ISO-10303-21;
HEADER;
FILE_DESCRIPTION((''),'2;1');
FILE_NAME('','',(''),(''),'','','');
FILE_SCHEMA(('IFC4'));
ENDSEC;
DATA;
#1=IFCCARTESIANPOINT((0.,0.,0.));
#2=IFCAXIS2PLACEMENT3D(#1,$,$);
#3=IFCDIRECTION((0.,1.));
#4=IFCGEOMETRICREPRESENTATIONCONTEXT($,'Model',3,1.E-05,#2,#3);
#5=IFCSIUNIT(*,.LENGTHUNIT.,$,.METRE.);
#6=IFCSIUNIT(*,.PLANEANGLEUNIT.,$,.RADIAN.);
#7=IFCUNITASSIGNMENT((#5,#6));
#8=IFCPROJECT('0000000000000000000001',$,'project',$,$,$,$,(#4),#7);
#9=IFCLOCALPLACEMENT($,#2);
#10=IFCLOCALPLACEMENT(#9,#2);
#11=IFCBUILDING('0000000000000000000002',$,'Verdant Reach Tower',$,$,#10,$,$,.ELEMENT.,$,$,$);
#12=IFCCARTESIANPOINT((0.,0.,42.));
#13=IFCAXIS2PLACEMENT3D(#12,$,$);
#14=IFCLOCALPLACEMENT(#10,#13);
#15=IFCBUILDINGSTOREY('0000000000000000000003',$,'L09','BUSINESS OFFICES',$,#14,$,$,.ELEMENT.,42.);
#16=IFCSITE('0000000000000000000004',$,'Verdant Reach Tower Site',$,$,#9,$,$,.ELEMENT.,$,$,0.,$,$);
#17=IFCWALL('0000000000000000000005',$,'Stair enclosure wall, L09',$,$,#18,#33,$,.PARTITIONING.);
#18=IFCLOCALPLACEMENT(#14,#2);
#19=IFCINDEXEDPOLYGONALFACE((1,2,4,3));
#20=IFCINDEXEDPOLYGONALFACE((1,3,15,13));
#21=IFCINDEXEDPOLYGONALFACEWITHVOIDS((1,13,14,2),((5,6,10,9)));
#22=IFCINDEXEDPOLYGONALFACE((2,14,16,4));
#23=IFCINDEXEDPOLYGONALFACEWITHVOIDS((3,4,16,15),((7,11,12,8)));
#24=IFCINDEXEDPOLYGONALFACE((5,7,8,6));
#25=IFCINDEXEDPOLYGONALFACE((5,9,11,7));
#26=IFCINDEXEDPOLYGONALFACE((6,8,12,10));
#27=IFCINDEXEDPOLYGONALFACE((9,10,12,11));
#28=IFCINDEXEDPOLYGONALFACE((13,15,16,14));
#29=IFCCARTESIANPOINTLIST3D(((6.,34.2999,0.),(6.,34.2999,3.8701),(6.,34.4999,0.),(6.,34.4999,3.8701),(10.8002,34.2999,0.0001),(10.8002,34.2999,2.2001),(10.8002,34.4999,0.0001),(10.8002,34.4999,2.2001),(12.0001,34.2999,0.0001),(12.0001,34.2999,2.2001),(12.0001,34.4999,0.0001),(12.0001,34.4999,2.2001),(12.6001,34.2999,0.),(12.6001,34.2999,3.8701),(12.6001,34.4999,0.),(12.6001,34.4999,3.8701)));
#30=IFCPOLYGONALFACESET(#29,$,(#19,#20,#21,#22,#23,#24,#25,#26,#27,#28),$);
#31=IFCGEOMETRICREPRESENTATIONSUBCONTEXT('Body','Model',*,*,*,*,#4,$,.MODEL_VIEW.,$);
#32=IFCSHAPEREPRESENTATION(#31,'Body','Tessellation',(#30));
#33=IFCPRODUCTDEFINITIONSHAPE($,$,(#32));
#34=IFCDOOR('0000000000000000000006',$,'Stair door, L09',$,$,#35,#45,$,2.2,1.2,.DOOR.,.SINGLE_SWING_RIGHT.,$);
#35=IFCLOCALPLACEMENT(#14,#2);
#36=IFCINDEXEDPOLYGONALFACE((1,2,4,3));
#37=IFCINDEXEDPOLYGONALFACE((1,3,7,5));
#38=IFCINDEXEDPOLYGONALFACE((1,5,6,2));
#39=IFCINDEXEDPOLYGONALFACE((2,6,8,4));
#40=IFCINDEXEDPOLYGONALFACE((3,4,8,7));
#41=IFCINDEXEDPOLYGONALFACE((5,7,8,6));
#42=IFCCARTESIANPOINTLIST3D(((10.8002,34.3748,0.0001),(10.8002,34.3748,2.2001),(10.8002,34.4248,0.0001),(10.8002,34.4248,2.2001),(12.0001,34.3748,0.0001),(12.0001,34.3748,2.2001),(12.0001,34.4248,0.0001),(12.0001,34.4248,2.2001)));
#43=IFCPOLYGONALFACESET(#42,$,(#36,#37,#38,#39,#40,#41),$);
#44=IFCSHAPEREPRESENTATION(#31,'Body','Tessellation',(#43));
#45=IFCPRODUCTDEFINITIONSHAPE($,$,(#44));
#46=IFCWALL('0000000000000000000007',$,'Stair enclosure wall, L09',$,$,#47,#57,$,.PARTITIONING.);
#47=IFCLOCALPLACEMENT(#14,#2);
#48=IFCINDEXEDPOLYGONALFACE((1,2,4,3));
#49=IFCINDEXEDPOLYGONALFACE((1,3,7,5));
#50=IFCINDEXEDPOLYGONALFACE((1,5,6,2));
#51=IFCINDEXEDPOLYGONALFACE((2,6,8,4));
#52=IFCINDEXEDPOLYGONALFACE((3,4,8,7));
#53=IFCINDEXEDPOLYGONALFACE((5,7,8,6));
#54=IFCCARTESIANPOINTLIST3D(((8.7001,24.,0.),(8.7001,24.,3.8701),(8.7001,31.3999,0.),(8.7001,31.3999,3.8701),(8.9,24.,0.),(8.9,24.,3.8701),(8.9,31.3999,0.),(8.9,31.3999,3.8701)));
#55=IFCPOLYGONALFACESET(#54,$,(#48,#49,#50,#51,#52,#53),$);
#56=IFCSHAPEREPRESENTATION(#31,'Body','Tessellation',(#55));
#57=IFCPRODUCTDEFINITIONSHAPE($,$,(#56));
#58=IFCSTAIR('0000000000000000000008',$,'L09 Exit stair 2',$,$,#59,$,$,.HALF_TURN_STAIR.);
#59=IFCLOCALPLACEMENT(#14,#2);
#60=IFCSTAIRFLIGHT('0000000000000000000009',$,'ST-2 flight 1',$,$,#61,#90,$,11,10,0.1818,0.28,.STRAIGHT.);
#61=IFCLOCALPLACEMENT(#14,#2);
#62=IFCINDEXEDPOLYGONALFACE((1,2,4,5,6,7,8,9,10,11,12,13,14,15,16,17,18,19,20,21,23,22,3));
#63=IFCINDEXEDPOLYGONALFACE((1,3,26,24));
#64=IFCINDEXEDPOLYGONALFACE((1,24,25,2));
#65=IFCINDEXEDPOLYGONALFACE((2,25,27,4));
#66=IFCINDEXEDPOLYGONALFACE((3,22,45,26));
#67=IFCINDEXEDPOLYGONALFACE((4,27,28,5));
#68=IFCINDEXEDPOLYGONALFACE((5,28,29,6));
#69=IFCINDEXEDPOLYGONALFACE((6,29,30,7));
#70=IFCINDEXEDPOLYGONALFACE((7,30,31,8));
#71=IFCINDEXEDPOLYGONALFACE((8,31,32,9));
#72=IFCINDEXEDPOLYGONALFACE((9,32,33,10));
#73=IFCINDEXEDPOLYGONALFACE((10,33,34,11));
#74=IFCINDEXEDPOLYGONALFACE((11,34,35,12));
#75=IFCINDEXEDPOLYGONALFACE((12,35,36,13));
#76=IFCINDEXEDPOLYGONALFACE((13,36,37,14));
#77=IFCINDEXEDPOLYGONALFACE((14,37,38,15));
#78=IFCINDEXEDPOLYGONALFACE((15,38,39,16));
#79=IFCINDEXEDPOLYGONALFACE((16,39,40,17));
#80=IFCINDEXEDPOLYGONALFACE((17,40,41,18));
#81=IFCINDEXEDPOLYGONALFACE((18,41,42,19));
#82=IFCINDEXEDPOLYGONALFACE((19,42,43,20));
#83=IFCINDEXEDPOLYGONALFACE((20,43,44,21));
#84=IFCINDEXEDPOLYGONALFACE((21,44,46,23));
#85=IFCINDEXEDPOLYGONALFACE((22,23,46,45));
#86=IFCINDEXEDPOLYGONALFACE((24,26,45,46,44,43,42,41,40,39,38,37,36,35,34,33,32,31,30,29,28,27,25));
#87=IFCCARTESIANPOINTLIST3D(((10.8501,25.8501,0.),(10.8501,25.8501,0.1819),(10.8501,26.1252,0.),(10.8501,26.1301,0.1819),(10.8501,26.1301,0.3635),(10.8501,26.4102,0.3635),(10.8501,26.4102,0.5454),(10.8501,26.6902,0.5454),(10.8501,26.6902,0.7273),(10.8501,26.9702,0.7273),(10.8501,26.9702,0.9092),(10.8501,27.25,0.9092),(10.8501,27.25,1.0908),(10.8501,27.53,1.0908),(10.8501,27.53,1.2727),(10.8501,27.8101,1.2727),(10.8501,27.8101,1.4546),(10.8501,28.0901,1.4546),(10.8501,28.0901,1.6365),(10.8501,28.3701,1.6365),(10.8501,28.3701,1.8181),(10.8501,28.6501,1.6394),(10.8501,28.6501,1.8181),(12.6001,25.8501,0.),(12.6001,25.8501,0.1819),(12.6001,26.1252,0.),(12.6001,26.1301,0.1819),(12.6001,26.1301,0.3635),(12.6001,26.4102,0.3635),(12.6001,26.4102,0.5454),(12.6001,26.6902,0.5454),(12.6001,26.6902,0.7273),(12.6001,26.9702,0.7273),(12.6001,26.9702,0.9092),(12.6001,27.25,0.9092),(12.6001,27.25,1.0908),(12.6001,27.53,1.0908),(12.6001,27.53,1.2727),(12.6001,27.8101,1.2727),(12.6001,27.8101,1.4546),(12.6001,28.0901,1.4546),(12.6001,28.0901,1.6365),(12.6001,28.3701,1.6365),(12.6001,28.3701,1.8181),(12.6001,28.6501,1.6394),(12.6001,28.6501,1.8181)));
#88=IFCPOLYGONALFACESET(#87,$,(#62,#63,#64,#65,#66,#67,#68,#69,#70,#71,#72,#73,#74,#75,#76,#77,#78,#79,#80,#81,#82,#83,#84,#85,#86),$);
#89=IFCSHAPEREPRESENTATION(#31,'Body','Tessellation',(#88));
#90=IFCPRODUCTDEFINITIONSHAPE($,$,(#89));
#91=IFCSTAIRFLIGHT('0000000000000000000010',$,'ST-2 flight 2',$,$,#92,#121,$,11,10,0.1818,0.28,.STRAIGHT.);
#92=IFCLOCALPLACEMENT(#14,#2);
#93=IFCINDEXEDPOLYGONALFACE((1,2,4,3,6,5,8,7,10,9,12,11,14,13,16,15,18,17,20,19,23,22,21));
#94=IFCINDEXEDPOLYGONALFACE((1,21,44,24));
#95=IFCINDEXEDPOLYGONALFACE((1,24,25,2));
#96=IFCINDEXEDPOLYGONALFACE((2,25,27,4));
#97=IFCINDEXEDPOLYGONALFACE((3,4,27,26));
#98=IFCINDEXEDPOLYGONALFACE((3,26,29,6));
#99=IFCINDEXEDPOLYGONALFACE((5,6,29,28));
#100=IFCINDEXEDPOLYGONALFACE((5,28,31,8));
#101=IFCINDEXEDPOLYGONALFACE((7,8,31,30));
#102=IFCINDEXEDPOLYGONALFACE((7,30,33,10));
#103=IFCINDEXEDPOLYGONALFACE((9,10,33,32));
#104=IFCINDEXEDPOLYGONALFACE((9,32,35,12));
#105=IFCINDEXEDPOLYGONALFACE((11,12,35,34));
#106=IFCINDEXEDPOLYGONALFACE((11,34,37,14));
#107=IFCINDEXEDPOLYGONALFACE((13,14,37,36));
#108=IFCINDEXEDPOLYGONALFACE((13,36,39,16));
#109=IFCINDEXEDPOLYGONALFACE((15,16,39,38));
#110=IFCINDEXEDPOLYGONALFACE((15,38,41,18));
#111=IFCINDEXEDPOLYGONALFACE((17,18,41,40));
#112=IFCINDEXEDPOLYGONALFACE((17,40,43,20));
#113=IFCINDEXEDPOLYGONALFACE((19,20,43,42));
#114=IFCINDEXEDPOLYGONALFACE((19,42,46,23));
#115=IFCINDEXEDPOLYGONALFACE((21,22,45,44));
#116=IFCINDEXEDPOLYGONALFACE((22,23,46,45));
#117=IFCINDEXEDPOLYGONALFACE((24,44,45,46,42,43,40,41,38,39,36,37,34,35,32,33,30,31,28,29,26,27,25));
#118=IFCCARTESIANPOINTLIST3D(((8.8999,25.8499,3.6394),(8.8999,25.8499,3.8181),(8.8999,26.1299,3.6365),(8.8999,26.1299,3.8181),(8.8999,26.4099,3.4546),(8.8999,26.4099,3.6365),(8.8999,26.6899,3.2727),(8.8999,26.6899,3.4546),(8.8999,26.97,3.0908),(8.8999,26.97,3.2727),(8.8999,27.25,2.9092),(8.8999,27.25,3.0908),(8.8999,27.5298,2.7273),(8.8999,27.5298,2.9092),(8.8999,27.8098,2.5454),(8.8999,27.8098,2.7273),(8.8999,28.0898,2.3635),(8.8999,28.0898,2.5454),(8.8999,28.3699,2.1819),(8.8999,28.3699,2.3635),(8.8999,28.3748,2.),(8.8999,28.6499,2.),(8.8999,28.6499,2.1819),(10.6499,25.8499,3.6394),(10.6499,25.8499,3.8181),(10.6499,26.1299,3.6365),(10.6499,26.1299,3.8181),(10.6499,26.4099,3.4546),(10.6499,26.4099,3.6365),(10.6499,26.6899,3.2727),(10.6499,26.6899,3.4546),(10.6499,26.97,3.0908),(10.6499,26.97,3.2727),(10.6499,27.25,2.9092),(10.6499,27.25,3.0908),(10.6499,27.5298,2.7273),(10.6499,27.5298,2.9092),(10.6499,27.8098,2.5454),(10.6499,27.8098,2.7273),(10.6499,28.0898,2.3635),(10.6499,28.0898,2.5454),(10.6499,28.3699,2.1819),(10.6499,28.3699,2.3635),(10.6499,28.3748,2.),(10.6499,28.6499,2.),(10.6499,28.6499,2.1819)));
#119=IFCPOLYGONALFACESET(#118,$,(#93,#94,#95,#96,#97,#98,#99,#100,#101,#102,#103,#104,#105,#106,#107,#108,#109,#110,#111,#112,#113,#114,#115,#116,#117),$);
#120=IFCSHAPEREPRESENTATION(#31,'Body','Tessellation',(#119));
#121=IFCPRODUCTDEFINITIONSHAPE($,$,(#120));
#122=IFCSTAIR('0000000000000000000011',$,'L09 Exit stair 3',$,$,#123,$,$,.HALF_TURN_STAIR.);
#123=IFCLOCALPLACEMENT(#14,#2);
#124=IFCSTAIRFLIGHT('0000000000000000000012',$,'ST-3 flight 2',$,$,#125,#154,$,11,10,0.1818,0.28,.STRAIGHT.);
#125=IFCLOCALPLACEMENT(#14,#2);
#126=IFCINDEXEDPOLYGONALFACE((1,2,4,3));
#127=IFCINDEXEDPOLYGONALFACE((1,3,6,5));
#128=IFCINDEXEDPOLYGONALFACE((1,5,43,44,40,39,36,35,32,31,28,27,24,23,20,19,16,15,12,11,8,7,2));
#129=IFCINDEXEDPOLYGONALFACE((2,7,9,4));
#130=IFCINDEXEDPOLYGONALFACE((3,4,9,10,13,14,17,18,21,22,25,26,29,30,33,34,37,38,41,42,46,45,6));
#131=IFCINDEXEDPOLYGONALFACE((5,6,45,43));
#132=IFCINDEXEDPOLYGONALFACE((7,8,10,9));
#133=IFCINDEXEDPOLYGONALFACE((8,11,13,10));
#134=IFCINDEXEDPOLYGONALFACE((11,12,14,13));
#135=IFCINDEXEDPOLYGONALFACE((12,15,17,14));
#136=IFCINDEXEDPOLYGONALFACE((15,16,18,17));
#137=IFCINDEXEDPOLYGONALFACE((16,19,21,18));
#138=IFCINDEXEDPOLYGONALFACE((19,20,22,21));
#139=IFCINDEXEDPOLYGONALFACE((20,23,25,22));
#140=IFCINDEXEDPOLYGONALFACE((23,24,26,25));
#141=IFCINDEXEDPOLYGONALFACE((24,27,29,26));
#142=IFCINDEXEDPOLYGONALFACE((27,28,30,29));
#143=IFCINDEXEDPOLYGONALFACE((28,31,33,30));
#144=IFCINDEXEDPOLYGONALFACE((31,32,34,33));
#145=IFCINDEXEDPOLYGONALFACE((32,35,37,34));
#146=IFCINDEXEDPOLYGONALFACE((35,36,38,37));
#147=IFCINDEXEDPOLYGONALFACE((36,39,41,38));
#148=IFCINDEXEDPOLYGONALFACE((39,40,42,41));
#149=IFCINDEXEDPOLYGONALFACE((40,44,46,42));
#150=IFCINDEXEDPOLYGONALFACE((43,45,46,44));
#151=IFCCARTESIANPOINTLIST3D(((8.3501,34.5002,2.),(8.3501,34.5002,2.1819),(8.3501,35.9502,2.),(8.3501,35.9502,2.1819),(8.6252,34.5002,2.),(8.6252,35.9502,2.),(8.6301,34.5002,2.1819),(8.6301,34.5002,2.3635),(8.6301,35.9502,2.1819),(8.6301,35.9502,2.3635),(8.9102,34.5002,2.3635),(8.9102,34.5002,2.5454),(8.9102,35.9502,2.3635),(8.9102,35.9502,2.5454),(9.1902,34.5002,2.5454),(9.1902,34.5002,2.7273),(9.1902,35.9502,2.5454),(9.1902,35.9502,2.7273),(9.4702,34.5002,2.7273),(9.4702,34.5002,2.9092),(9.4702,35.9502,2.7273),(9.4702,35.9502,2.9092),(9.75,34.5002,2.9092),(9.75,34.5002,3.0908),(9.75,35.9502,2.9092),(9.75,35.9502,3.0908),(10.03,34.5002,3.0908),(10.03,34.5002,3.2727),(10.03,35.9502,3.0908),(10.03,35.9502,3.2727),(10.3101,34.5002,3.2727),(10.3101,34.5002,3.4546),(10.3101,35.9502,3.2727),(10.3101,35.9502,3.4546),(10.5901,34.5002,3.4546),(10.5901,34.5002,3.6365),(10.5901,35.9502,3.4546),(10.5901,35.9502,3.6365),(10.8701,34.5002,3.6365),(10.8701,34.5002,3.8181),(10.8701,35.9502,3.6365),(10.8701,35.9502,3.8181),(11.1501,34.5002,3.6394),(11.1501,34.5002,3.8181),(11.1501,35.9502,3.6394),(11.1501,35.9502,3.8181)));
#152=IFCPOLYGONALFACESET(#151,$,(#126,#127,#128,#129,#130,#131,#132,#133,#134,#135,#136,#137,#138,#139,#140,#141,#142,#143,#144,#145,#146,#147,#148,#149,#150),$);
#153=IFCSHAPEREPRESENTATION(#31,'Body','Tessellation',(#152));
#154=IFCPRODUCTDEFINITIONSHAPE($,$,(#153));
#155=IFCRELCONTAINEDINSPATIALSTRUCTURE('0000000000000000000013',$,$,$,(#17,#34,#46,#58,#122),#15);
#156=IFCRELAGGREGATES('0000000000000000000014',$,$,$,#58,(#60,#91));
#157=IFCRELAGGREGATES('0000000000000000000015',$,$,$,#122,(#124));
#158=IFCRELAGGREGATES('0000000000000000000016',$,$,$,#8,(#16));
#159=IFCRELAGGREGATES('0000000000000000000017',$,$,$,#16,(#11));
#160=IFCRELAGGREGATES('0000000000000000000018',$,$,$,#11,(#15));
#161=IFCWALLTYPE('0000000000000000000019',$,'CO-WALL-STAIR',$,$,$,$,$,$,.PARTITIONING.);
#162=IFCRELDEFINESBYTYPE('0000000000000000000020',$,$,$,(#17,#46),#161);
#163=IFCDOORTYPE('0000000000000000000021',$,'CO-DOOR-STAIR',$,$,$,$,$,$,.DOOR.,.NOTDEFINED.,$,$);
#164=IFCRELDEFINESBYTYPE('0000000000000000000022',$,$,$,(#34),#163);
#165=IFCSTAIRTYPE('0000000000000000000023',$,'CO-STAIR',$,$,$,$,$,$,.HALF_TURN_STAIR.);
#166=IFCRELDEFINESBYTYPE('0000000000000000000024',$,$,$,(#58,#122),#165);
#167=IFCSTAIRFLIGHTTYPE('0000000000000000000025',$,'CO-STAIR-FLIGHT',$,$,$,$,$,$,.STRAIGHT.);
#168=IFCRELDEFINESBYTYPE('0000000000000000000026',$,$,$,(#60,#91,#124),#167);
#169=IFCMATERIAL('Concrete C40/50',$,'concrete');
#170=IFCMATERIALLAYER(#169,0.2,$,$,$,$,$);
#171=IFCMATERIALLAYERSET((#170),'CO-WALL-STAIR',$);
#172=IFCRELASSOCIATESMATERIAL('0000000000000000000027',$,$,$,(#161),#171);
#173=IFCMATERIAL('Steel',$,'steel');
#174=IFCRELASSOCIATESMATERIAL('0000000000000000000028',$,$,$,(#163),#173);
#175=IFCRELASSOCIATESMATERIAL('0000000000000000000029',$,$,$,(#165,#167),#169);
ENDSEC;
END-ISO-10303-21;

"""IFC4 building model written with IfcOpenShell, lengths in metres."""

from ifc_helpers import new_model, si_unit, direction, frame, frame_2d, origin, place, context, subcontext, project, spatial, polyline, rectangle, outline, extrude, material, layer, layer_set, type_object, element, fill, aggregate, save


model = new_model("IFC4")

# Units and contexts
model_context = context("Model", 3, precision=1e-05, world=origin(), true_north=direction((0.0, 1.0)))
body_context = subcontext(model_context, "Body", "Model", "MODEL_VIEW")
ifc_project = project(units=[si_unit("LENGTHUNIT", "METRE"), si_unit("PLANEANGLEUNIT", "RADIAN")], contexts=[model_context])

# Site, building, storey
site_placement = place(None, origin())
site = spatial("IfcSite", under=ifc_project, at=site_placement, Name="Verdant Reach Tower Site", CompositionType="ELEMENT", RefElevation=0.0)
building_placement = place(site_placement, origin())
building = spatial("IfcBuilding", under=site, at=building_placement, Name="Verdant Reach Tower", CompositionType="ELEMENT")
storey_placement = place(building_placement, frame((0.0, 0.0, 42.0)))
storey = spatial("IfcBuildingStorey", under=building, at=storey_placement, Name="L09", Description="BUSINESS OFFICES", CompositionType="ELEMENT", Elevation=42.0)

# Shared definitions
ifc_material_1 = material(Name="Concrete C40/50", Category="concrete")

# Shared definitions
ifc_layer_1 = layer(ifc_material_1, 0.2)
ifc_layer_set_1 = layer_set([ifc_layer_1], Name="CO-WALL-STAIR")
wall_type_1 = type_object("IfcWallType", Name="CO-WALL-STAIR", PredefinedType="PARTITIONING", material=ifc_layer_set_1)
ifc_material_2 = material(Name="Steel", Category="steel")
door_type_1 = type_object("IfcDoorType", Name="CO-DOOR-STAIR", OperationType="NOTDEFINED", PredefinedType="DOOR", material=ifc_material_2)

# Wall, opening, door
wall_1_placement = place(storey_placement, frame((6.0, 34.3999, 0.0), z_axis=(0.0, 0.0, 1.0), x_axis=(1.0, 0.0, 0.0)))
wall_1 = element("IfcWall", 1, at=wall_1_placement, inside=storey, type_object=wall_type_1, Name="Stair enclosure wall, L09", PredefinedType="PARTITIONING", context=body_context, shape_type="SweptSolid", body=[
    extrude(rectangle(XDim=6.6001, YDim=0.2, at=frame_2d((3.3, 0.0))), origin(), (0.0, 0.0, 1.0), 3.8701),
])
opening_1_placement = place(wall_1_placement, frame((4.8, 0.0, 0.0)))
opening_1 = element("IfcOpeningElement", 2, at=opening_1_placement, cuts=wall_1, PredefinedType="OPENING", context=body_context, shape_type="SweptSolid", body=[
    extrude(rectangle(XDim=1.2, YDim=2.2, at=frame_2d((0.6001, 1.1001))), frame((0.0, 0.1099, 0.0), z_axis=(0.0, -1.0, 0.0), x_axis=(1.0, 0.0, 0.0)), (0.0, 0.0, 1.0), 0.22),
])
door_1_placement = place(opening_1_placement, origin())
door_1 = element("IfcDoor", 3, at=door_1_placement, inside=storey, type_object=door_type_1, Name="Stair door, L09", OperationType="SINGLE_SWING_RIGHT", OverallHeight=2.2, OverallWidth=1.2, PredefinedType="DOOR", context=body_context, shape_type="SweptSolid", body=[
    extrude(rectangle(XDim=1.2, YDim=2.2, at=frame_2d((0.6001, 1.1001))), frame((0.0, 0.0249, 0.0), z_axis=(0.0, -1.0, 0.0), x_axis=(1.0, 0.0, 0.0)), (0.0, 0.0, 1.0), 0.05),
])
fill(opening_1, door_1)

# Wall
wall_2_placement = place(storey_placement, frame((8.8, 24.0, 0.0), z_axis=(0.0, 0.0, 1.0), x_axis=(0.0, 1.0, 0.0)))
element("IfcWall", 4, at=wall_2_placement, inside=storey, type_object=wall_type_1, Name="Stair enclosure wall, L09", PredefinedType="PARTITIONING", context=body_context, shape_type="SweptSolid", body=[
    extrude(rectangle(XDim=7.3999, YDim=0.2, at=frame_2d((3.7, 0.0))), origin(), (0.0, 0.0, 1.0), 3.8701),
])

# Stair, stair flights
stair_type = type_object("IfcStairType", Name="CO-STAIR", PredefinedType="HALF_TURN_STAIR", material=ifc_material_1)
stair_1_placement = place(storey_placement, origin())
stair_1 = element("IfcStair", 5, at=stair_1_placement, inside=storey, type_object=stair_type, Name="L09 Exit stair 2", PredefinedType="HALF_TURN_STAIR")
stair_flight_type = type_object("IfcStairFlightType", Name="CO-STAIR-FLIGHT", PredefinedType="STRAIGHT", material=ifc_material_1)
stair_flight_1_placement = place(storey_placement, frame((11.7251, 25.8501, 0.0), z_axis=(0.0, 0.0, 1.0), x_axis=(0.0, 1.0, 0.0)))
stair_flight_1 = element("IfcStairFlight", 6, at=stair_flight_1_placement, type_object=stair_flight_type, Name="ST-2 flight 1", NumberOfRisers=11, NumberOfTreads=10, PredefinedType="STRAIGHT", RiserHeight=0.1818, TreadLength=0.28, context=body_context, shape_type="SweptSolid", body=[
    extrude(outline(polyline([(0.0, 0.0), (0.0, 0.1819), (0.28, 0.1819), (0.28, 0.3635), (0.5601, 0.3635), (0.5601, 0.5454), (0.8401, 0.5454), (0.8401, 0.7273), (1.1201, 0.7273), (1.1201, 0.9092), (1.3999, 0.9092), (1.3999, 1.0908), (1.6799, 1.0908), (1.6799, 1.2727), (1.96, 1.2727), (1.96, 1.4546), (2.24, 1.4546), (2.24, 1.6365), (2.52, 1.6365), (2.52, 1.8181), (2.8, 1.8181), (2.8, 2.0), (2.8, 1.6394), (0.2751, 0.0), (0.0, 0.0)])), frame((0.0, 0.875, 0.0), z_axis=(0.0, -1.0, 0.0), x_axis=(1.0, 0.0, 0.0)), (0.0, 0.0, 1.0), 1.75),
])
stair_flight_2_placement = place(storey_placement, frame((9.7749, 28.6499, 2.0), z_axis=(0.0, 0.0, 1.0), x_axis=(0.0, -1.0, 0.0)))
stair_flight_2 = element("IfcStairFlight", 7, at=stair_flight_2_placement, type_object=stair_flight_type, Name="ST-2 flight 2", NumberOfRisers=11, NumberOfTreads=10, PredefinedType="STRAIGHT", RiserHeight=0.1818, TreadLength=0.28, context=body_context, shape_type="SweptSolid", body=[
    extrude(outline(polyline([(0.0, 0.0), (0.0, 0.1819), (0.28, 0.1819), (0.28, 0.3635), (0.5601, 0.3635), (0.5601, 0.5454), (0.8401, 0.5454), (0.8401, 0.7273), (1.1201, 0.7273), (1.1201, 0.9092), (1.3999, 0.9092), (1.3999, 1.0908), (1.6799, 1.0908), (1.6799, 1.2727), (1.96, 1.2727), (1.96, 1.4546), (2.24, 1.4546), (2.24, 1.6365), (2.52, 1.6365), (2.52, 1.8181), (2.8, 1.8181), (2.8, 2.0), (2.8, 1.6394), (0.2751, 0.0), (0.0, 0.0)])), frame((0.0, 0.875, 0.0), z_axis=(0.0, -1.0, 0.0), x_axis=(1.0, 0.0, 0.0)), (0.0, 0.0, 1.0), 1.75),
])
aggregate(stair_1, [stair_flight_1, stair_flight_2])

# Stair, stair flight
stair_2_placement = place(storey_placement, origin())
stair_2 = element("IfcStair", 8, at=stair_2_placement, inside=storey, type_object=stair_type, Name="L09 Exit stair 3", PredefinedType="HALF_TURN_STAIR")
stair_flight_3_placement = place(storey_placement, frame((8.3501, 35.2251, 2.0), z_axis=(0.0, 0.0, 1.0), x_axis=(1.0, 0.0, 0.0)))
stair_flight_3 = element("IfcStairFlight", 9, at=stair_flight_3_placement, type_object=stair_flight_type, Name="ST-3 flight 2", NumberOfRisers=11, NumberOfTreads=10, PredefinedType="STRAIGHT", RiserHeight=0.1818, TreadLength=0.28, context=body_context, shape_type="SweptSolid", body=[
    extrude(outline(polyline([(0.0, 0.0), (0.0, 0.1819), (0.28, 0.1819), (0.28, 0.3635), (0.5601, 0.3635), (0.5601, 0.5454), (0.8401, 0.5454), (0.8401, 0.7273), (1.1201, 0.7273), (1.1201, 0.9092), (1.3999, 0.9092), (1.3999, 1.0908), (1.6799, 1.0908), (1.6799, 1.2727), (1.96, 1.2727), (1.96, 1.4546), (2.24, 1.4546), (2.24, 1.6365), (2.52, 1.6365), (2.52, 1.8181), (2.8, 1.8181), (2.8, 2.0), (2.8, 1.6394), (0.2751, 0.0), (0.0, 0.0)])), frame((0.0, 0.7251, 0.0), z_axis=(0.0, -1.0, 0.0), x_axis=(1.0, 0.0, 0.0)), (0.0, 0.0, 1.0), 1.45),
])
aggregate(stair_2, [stair_flight_3])

save(model, "model.ifc")
